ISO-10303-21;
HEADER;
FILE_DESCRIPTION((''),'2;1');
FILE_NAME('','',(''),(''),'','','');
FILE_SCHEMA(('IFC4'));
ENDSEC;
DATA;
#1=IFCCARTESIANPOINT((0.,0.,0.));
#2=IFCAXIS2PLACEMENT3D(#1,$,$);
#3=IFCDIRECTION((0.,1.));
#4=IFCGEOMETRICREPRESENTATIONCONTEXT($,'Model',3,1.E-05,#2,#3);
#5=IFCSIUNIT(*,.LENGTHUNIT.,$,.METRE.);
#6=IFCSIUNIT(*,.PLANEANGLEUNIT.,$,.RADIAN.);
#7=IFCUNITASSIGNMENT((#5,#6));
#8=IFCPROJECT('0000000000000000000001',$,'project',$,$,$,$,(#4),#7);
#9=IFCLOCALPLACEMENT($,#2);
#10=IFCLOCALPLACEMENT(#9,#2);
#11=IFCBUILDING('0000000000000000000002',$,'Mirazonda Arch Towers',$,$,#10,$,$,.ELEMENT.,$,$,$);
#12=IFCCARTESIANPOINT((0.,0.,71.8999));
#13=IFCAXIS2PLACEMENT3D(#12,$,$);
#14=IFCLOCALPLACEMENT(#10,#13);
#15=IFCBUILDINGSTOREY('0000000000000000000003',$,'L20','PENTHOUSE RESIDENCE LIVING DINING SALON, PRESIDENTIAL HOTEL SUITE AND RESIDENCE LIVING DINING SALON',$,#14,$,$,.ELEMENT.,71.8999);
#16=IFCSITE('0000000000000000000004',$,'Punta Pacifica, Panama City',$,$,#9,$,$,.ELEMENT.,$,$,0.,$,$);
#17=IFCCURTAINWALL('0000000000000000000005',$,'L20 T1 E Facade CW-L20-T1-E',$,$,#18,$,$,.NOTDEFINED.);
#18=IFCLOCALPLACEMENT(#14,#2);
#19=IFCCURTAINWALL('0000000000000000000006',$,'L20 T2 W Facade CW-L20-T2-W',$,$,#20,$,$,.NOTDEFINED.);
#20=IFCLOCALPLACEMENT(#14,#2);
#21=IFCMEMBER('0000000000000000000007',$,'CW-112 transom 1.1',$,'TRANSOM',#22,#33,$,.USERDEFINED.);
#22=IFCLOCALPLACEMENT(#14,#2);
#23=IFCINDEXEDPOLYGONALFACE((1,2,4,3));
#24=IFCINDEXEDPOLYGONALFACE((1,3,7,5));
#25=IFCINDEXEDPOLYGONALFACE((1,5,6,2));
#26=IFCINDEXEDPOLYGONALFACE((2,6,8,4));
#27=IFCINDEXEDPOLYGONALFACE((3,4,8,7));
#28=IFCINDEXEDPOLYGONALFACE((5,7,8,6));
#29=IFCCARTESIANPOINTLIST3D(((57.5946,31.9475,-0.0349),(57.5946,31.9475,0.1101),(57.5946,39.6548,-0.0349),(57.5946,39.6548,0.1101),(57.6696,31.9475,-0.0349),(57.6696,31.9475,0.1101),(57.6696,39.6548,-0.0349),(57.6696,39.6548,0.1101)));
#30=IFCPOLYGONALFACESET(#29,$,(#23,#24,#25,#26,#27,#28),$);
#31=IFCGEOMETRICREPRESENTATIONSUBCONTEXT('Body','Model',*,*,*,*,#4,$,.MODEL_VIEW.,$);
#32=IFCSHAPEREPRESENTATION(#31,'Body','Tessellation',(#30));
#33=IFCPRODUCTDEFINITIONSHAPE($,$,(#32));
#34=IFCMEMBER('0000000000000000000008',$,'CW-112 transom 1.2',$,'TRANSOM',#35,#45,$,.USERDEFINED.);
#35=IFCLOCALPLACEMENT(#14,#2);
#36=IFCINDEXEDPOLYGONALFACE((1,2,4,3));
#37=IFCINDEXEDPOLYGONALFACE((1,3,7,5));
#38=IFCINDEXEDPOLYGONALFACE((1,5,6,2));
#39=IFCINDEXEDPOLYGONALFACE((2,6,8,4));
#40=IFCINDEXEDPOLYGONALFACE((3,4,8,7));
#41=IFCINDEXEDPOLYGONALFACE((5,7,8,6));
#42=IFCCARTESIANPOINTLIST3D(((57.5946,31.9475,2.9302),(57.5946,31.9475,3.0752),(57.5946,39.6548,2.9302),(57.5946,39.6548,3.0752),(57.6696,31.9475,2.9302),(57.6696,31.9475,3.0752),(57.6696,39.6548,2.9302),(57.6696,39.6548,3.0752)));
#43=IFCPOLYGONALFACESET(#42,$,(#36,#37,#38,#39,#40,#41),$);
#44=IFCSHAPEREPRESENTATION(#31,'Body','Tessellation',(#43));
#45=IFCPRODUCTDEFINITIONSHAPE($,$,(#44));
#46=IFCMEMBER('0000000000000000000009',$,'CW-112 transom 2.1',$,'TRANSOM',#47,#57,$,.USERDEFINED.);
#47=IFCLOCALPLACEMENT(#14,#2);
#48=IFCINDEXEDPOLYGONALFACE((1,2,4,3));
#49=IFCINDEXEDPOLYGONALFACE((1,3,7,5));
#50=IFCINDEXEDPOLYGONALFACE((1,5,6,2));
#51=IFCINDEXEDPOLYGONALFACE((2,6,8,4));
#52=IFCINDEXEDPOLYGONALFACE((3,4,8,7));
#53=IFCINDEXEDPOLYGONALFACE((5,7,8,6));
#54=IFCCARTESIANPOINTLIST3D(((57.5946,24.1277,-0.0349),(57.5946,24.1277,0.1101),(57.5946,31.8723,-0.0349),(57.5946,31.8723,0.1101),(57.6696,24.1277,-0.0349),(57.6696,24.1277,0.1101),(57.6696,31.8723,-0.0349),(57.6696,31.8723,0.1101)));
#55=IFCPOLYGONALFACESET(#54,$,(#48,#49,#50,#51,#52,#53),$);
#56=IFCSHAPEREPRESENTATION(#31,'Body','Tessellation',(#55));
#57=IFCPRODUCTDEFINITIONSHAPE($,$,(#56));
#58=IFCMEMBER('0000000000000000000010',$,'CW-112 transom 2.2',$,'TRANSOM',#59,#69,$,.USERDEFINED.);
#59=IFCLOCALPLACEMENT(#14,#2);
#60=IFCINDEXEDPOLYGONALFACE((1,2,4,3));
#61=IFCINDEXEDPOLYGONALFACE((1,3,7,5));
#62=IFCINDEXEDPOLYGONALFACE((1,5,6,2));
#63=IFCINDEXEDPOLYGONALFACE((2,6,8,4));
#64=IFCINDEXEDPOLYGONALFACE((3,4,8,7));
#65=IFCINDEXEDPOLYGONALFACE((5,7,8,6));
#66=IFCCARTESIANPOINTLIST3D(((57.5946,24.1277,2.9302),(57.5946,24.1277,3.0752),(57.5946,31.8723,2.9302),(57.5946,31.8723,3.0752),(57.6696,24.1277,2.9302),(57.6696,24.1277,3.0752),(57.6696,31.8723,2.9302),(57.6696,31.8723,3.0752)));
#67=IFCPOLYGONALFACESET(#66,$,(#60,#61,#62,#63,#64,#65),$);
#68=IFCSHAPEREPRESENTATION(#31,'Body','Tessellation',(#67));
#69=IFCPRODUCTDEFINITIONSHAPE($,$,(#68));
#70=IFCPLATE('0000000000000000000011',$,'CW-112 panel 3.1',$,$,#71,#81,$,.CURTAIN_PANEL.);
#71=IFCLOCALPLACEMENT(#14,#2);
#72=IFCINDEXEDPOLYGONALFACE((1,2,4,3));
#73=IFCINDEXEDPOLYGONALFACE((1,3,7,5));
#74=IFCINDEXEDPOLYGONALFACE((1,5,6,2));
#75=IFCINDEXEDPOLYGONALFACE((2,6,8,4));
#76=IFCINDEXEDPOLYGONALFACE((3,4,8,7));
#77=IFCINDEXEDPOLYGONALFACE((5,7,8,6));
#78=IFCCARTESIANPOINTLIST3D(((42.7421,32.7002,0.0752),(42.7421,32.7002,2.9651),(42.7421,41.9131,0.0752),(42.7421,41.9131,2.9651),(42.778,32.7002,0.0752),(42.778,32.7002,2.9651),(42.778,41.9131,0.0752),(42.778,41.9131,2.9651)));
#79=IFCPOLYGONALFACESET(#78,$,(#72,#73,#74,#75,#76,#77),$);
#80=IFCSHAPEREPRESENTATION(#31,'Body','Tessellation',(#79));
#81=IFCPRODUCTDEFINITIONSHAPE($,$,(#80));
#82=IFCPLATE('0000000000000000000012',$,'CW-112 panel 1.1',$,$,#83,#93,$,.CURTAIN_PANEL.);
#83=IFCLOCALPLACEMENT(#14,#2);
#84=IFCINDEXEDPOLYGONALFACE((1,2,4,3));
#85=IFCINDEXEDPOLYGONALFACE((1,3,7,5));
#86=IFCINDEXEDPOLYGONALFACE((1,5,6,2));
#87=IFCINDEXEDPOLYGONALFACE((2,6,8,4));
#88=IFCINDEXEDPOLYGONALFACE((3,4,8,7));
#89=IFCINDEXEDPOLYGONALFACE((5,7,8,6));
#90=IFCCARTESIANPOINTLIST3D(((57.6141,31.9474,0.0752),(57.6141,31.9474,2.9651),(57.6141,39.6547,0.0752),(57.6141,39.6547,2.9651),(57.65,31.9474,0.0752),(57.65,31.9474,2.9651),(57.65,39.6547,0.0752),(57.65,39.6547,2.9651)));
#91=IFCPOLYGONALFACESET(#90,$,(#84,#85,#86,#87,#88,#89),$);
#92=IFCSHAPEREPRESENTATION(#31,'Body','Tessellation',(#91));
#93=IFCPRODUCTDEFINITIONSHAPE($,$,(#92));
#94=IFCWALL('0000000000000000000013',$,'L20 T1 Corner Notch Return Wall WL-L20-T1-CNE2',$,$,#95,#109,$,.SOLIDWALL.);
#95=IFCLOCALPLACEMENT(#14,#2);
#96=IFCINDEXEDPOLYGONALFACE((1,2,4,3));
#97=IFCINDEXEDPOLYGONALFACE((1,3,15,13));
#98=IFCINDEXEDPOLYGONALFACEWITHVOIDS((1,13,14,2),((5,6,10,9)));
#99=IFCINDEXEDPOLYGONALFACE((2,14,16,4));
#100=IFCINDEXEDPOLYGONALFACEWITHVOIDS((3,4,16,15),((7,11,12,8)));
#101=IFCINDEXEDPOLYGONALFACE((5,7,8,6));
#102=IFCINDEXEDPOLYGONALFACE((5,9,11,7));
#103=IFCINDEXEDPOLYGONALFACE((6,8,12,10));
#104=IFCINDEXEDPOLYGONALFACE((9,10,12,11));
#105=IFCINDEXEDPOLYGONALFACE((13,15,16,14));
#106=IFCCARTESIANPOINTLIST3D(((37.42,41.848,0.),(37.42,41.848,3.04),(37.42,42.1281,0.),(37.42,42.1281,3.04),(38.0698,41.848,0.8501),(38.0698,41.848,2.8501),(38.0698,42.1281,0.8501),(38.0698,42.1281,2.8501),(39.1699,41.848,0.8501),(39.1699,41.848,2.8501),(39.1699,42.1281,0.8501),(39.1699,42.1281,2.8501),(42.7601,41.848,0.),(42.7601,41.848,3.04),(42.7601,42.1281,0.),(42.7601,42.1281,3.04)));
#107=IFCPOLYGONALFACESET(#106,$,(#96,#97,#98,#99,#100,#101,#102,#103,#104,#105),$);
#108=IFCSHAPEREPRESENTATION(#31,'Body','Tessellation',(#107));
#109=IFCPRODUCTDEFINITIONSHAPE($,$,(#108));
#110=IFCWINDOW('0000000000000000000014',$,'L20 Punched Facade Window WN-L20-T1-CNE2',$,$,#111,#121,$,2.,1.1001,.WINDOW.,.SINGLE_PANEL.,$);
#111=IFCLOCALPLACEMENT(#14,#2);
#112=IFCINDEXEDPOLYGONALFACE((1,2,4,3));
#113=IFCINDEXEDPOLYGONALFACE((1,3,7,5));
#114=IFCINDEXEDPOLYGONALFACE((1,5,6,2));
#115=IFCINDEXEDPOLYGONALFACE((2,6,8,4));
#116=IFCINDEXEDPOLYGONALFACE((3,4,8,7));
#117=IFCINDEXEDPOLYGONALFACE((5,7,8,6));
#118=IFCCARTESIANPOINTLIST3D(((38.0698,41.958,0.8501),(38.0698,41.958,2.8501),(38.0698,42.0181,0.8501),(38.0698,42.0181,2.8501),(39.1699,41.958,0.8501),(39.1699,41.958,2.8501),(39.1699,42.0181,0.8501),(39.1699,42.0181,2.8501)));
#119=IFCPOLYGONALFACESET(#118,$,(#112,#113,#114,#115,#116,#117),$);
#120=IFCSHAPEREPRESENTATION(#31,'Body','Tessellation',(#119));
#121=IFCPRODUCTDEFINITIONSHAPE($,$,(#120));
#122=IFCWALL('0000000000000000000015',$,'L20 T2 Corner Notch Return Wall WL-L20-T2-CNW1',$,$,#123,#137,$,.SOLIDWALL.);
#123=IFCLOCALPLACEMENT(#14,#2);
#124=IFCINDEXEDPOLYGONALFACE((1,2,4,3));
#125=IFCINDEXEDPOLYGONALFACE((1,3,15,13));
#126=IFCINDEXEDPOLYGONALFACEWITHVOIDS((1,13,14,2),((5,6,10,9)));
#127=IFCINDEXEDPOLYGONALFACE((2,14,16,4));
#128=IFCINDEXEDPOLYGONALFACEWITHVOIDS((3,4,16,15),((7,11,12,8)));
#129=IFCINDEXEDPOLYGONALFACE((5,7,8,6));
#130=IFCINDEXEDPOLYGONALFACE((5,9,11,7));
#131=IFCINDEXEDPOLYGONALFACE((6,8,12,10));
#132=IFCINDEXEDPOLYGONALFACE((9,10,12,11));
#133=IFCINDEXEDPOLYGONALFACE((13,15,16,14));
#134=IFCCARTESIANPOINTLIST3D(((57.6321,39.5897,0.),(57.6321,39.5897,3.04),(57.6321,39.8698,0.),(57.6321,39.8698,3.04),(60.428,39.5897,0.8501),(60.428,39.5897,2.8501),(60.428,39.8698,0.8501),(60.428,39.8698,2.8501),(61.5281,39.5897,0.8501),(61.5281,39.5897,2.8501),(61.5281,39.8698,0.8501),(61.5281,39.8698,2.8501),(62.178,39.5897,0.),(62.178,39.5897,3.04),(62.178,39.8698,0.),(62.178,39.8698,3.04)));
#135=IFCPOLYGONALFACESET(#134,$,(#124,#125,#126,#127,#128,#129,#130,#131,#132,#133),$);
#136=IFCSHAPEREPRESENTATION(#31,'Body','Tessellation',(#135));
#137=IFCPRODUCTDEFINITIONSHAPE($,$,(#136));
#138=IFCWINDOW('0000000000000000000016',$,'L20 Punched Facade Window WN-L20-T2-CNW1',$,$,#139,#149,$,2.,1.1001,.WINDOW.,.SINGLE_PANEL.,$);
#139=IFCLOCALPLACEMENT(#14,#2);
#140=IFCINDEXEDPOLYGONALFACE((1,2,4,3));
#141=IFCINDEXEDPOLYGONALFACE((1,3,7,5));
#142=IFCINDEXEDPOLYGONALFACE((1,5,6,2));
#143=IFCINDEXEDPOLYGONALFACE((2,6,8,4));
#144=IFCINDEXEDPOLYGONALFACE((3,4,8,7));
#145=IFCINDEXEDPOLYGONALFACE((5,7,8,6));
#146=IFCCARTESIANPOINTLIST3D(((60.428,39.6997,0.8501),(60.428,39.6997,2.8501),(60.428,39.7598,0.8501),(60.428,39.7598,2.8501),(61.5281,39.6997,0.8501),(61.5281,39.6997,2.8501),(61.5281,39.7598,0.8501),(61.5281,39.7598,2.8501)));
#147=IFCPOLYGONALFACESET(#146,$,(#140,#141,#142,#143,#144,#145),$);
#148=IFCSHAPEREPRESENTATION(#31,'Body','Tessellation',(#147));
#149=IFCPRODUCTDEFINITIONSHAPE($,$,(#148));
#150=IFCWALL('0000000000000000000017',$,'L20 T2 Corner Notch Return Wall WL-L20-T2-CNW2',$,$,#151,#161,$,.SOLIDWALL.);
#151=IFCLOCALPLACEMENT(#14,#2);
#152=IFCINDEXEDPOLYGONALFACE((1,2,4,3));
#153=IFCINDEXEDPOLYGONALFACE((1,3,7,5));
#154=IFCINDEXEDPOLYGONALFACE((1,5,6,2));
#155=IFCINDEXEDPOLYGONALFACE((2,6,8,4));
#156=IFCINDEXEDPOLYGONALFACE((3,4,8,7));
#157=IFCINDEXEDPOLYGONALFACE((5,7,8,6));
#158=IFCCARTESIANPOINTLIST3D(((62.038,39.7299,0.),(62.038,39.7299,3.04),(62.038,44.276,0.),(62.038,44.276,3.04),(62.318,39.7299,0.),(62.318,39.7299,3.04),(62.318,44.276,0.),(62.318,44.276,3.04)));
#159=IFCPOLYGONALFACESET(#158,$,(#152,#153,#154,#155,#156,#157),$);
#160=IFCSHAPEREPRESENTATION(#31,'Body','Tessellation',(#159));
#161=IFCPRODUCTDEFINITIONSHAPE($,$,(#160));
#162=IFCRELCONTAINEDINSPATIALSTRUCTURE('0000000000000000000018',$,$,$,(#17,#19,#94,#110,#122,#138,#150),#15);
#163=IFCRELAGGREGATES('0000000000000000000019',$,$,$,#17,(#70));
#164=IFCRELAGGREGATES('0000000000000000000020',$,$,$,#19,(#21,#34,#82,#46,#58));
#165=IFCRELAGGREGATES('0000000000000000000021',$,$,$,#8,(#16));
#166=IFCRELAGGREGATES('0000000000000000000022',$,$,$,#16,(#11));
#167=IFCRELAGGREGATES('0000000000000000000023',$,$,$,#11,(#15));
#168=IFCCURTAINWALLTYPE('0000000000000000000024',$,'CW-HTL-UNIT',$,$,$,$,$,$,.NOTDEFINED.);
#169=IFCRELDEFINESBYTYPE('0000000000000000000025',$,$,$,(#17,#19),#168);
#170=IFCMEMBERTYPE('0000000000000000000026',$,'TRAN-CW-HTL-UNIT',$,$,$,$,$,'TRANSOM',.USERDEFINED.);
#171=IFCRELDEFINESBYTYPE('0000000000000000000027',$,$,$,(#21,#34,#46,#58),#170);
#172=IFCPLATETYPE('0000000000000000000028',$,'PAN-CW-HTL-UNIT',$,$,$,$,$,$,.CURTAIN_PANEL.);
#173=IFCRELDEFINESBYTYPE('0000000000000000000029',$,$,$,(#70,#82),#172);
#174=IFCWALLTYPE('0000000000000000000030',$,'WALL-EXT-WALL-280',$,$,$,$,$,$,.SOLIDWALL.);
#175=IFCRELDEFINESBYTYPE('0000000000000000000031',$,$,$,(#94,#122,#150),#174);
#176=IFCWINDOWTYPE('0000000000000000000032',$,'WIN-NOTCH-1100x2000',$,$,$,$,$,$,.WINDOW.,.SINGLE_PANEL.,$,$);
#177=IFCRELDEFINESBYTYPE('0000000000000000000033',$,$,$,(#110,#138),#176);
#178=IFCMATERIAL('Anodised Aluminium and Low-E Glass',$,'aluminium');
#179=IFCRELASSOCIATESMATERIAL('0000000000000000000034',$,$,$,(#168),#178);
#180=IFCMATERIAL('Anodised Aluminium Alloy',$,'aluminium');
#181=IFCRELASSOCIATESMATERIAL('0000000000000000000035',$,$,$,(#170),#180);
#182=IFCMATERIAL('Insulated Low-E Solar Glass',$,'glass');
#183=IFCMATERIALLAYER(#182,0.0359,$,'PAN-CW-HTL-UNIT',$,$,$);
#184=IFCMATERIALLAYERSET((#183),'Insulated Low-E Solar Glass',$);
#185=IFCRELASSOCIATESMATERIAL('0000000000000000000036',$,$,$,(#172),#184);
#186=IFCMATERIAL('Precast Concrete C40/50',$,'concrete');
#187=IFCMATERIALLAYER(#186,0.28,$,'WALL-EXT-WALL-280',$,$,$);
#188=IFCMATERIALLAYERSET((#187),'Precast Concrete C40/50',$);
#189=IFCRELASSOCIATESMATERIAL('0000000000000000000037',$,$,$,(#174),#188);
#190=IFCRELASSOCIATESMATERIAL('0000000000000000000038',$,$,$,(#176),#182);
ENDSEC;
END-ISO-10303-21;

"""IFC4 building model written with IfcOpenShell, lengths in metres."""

from ifc_helpers import new_model, si_unit, direction, frame, frame_2d, origin, origin_2d, place, context, subcontext, project, spatial, rectangle, extrude, material, layer, layer_set, material_profile, profile_set, type_object, element, fill, aggregate, save


model = new_model("IFC4")

# Units and contexts
model_context = context("Model", 3, precision=1e-05, world=origin(), true_north=direction((0.0, 1.0)))
body_context = subcontext(model_context, "Body", "Model", "MODEL_VIEW")
ifc_project = project(units=[si_unit("LENGTHUNIT", "METRE"), si_unit("PLANEANGLEUNIT", "RADIAN")], contexts=[model_context])

# Site, building, storey
site_placement = place(None, origin())
site = spatial("IfcSite", under=ifc_project, at=site_placement, Name="Punta Pacifica, Panama City", CompositionType="ELEMENT", RefElevation=0.0)
building_placement = place(site_placement, origin())
building = spatial("IfcBuilding", under=site, at=building_placement, Name="Mirazonda Arch Towers", CompositionType="ELEMENT")
storey_placement = place(building_placement, frame((0.0, 0.0, 71.8999)))
storey = spatial("IfcBuildingStorey", under=building, at=storey_placement, Name="L20", Description="PENTHOUSE RESIDENCE LIVING DINING SALON, PRESIDENTIAL HOTEL SUITE AND RESIDENCE LIVING DINING SALON", CompositionType="ELEMENT", Elevation=71.8999)

# Curtain wall
ifc_material_1 = material(Name="Anodised Aluminium and Low-E Glass", Category="aluminium")
curtain_wall_type = type_object("IfcCurtainWallType", Name="CW-HTL-UNIT", PredefinedType="NOTDEFINED", material=ifc_material_1)
curtain_wall_1_placement = place(storey_placement, origin())
curtain_wall_1 = element("IfcCurtainWall", 1, at=curtain_wall_1_placement, inside=storey, type_object=curtain_wall_type, Name="L20 T1 E Facade CW-L20-T1-E", PredefinedType="NOTDEFINED")
ifc_material_2 = material(Name="Anodised Aluminium Alloy", Category="aluminium")

# Curtain wall
curtain_wall_2_placement = place(storey_placement, origin())
curtain_wall_2 = element("IfcCurtainWall", 2, at=curtain_wall_2_placement, inside=storey, type_object=curtain_wall_type, Name="L20 T2 W Facade CW-L20-T2-W", PredefinedType="NOTDEFINED")

# Members
ifc_material_profile_1 = material_profile(ifc_material_2, rectangle(XDim=0.075, YDim=0.145, at=origin_2d()), Name="ALU-TRAN-75x145")
ifc_profile_set_1 = profile_set([ifc_material_profile_1], Name="Anodised Aluminium Alloy")
member_type_1 = type_object("IfcMemberType", Name="TRAN-CW-HTL-UNIT", ElementType="TRANSOM", PredefinedType="USERDEFINED", material=ifc_profile_set_1)
member_1_placement = place(storey_placement, frame((57.6321, 39.6548, 0.0376), z_axis=(0.0, -1.0, 0.0), x_axis=(1.0, 0.0, 0.0)))
member_1 = element("IfcMember", 3, at=member_1_placement, type_object=member_type_1, Name="CW-112 transom 1.1", ObjectType="TRANSOM", PredefinedType="USERDEFINED", context=body_context, shape_type="SweptSolid", body=[
    extrude(rectangle(XDim=0.075, YDim=0.145, at=origin_2d()), origin(), (0.0, 0.0, 1.0), 7.7073),
])
member_2_placement = place(storey_placement, frame((57.6321, 39.6548, 3.0027), z_axis=(0.0, -1.0, 0.0), x_axis=(1.0, 0.0, 0.0)))
member_2 = element("IfcMember", 4, at=member_2_placement, type_object=member_type_1, Name="CW-112 transom 1.2", ObjectType="TRANSOM", PredefinedType="USERDEFINED", context=body_context, shape_type="SweptSolid", body=[
    extrude(rectangle(XDim=0.075, YDim=0.145, at=origin_2d()), origin(), (0.0, 0.0, 1.0), 7.7073),
])
member_3_placement = place(storey_placement, frame((57.6321, 31.8723, 0.0376), z_axis=(0.0, -1.0, 0.0), x_axis=(1.0, 0.0, 0.0)))
member_3 = element("IfcMember", 5, at=member_3_placement, type_object=member_type_1, Name="CW-112 transom 2.1", ObjectType="TRANSOM", PredefinedType="USERDEFINED", context=body_context, shape_type="SweptSolid", body=[
    extrude(rectangle(XDim=0.075, YDim=0.145, at=origin_2d()), origin(), (0.0, 0.0, 1.0), 7.7446),
])
member_4_placement = place(storey_placement, frame((57.6321, 31.8723, 3.0027), z_axis=(0.0, -1.0, 0.0), x_axis=(1.0, 0.0, 0.0)))
member_4 = element("IfcMember", 6, at=member_4_placement, type_object=member_type_1, Name="CW-112 transom 2.2", ObjectType="TRANSOM", PredefinedType="USERDEFINED", context=body_context, shape_type="SweptSolid", body=[
    extrude(rectangle(XDim=0.075, YDim=0.145, at=origin_2d()), origin(), (0.0, 0.0, 1.0), 7.7446),
])

# Plates
ifc_material_3 = material(Name="Insulated Low-E Solar Glass", Category="glass")
ifc_layer_1 = layer(ifc_material_3, 0.0359, Name="PAN-CW-HTL-UNIT")
ifc_layer_set_1 = layer_set([ifc_layer_1], Name="Insulated Low-E Solar Glass")
plate_type = type_object("IfcPlateType", Name="PAN-CW-HTL-UNIT", PredefinedType="CURTAIN_PANEL", material=ifc_layer_set_1)
plate_1_placement = place(storey_placement, frame((42.76, 37.3066, 0.0752), z_axis=(0.0, 0.0, 1.0), x_axis=(0.0, 1.0, 0.0)))
plate_1 = element("IfcPlate", 7, at=plate_1_placement, type_object=plate_type, Name="CW-112 panel 3.1", PredefinedType="CURTAIN_PANEL", context=body_context, shape_type="SweptSolid", body=[
    extrude(rectangle(XDim=9.2129, YDim=0.0359, at=origin_2d()), origin(), (0.0, 0.0, 1.0), 2.8899),
])
aggregate(curtain_wall_1, [plate_1])
plate_2_placement = place(storey_placement, frame((57.6321, 35.801, 0.0752), z_axis=(0.0, 0.0, 1.0), x_axis=(0.0, -1.0, 0.0)))
plate_2 = element("IfcPlate", 8, at=plate_2_placement, type_object=plate_type, Name="CW-112 panel 1.1", PredefinedType="CURTAIN_PANEL", context=body_context, shape_type="SweptSolid", body=[
    extrude(rectangle(XDim=7.7073, YDim=0.0359, at=origin_2d()), origin(), (0.0, 0.0, 1.0), 2.8899),
])
aggregate(curtain_wall_2, [member_1, member_2, plate_2, member_3, member_4])

# Walls, openings, windows
ifc_material_4 = material(Name="Precast Concrete C40/50", Category="concrete")
ifc_layer_2 = layer(ifc_material_4, 0.28, Name="WALL-EXT-WALL-280")
ifc_layer_set_2 = layer_set([ifc_layer_2], Name="Precast Concrete C40/50")
wall_type_1 = type_object("IfcWallType", Name="WALL-EXT-WALL-280", PredefinedType="SOLIDWALL", material=ifc_layer_set_2)
wall_1_placement = place(storey_placement, frame((42.76, 41.988, 0.0), z_axis=(0.0, 0.0, 1.0), x_axis=(-1.0, 0.0, 0.0)))
wall_1 = element("IfcWall", 9, at=wall_1_placement, inside=storey, type_object=wall_type_1, Name="L20 T1 Corner Notch Return Wall WL-L20-T1-CNE2", PredefinedType="SOLIDWALL", context=body_context, shape_type="SweptSolid", body=[
    extrude(rectangle(XDim=5.3401, YDim=0.28, at=frame_2d((2.6699, 0.0))), origin(), (0.0, 0.0, 1.0), 3.04),
])
opening_1_placement = place(wall_1_placement, frame((3.5901, 0.0, 0.8501)))
opening_1 = element("IfcOpeningElement", 10, at=opening_1_placement, cuts=wall_1, PredefinedType="OPENING", context=body_context, shape_type="SweptSolid", body=[
    extrude(rectangle(XDim=1.1001, YDim=2.0, at=frame_2d((0.55, 1.0))), frame((0.0, 0.1499, 0.0), z_axis=(0.0, -1.0, 0.0), x_axis=(1.0, 0.0, 0.0)), (0.0, 0.0, 1.0), 0.3),
])
window_type = type_object("IfcWindowType", Name="WIN-NOTCH-1100x2000", PartitioningType="SINGLE_PANEL", PredefinedType="WINDOW", material=ifc_material_3)
window_1_placement = place(opening_1_placement, origin())
window_1 = element("IfcWindow", 11, at=window_1_placement, inside=storey, type_object=window_type, Name="L20 Punched Facade Window WN-L20-T1-CNE2", OverallHeight=2.0, OverallWidth=1.1001, PartitioningType="SINGLE_PANEL", PredefinedType="WINDOW", context=body_context, shape_type="SweptSolid", body=[
    extrude(rectangle(XDim=1.1001, YDim=2.0, at=frame_2d((0.55, 1.0))), frame((0.0, 0.03, 0.0), z_axis=(0.0, -1.0, 0.0), x_axis=(1.0, 0.0, 0.0)), (0.0, 0.0, 1.0), 0.0601),
])
fill(opening_1, window_1)
wall_2_placement = place(storey_placement, frame((62.178, 39.7297, 0.0), z_axis=(0.0, 0.0, 1.0), x_axis=(-1.0, 0.0, 0.0)))
wall_2 = element("IfcWall", 12, at=wall_2_placement, inside=storey, type_object=wall_type_1, Name="L20 T2 Corner Notch Return Wall WL-L20-T2-CNW1", PredefinedType="SOLIDWALL", context=body_context, shape_type="SweptSolid", body=[
    extrude(rectangle(XDim=4.5459, YDim=0.28, at=frame_2d((2.2729, 0.0))), origin(), (0.0, 0.0, 1.0), 3.04),
])
opening_2_placement = place(wall_2_placement, frame((0.6499, 0.0, 0.8501)))
opening_2 = element("IfcOpeningElement", 13, at=opening_2_placement, cuts=wall_2, PredefinedType="OPENING", context=body_context, shape_type="SweptSolid", body=[
    extrude(rectangle(XDim=1.1001, YDim=2.0, at=frame_2d((0.55, 1.0))), frame((0.0, 0.1499, 0.0), z_axis=(0.0, -1.0, 0.0), x_axis=(1.0, 0.0, 0.0)), (0.0, 0.0, 1.0), 0.3),
])
window_2_placement = place(opening_2_placement, origin())
window_2 = element("IfcWindow", 14, at=window_2_placement, inside=storey, type_object=window_type, Name="L20 Punched Facade Window WN-L20-T2-CNW1", OverallHeight=2.0, OverallWidth=1.1001, PartitioningType="SINGLE_PANEL", PredefinedType="WINDOW", context=body_context, shape_type="SweptSolid", body=[
    extrude(rectangle(XDim=1.1001, YDim=2.0, at=frame_2d((0.55, 1.0))), frame((0.0, 0.03, 0.0), z_axis=(0.0, -1.0, 0.0), x_axis=(1.0, 0.0, 0.0)), (0.0, 0.0, 1.0), 0.0601),
])
fill(opening_2, window_2)

# Wall
wall_3_placement = place(storey_placement, frame((62.178, 44.2759, 0.0), z_axis=(0.0, 0.0, 1.0), x_axis=(0.0, -1.0, 0.0)))
element("IfcWall", 15, at=wall_3_placement, inside=storey, type_object=wall_type_1, Name="L20 T2 Corner Notch Return Wall WL-L20-T2-CNW2", PredefinedType="SOLIDWALL", context=body_context, shape_type="SweptSolid", body=[
    extrude(rectangle(XDim=4.5461, YDim=0.28, at=frame_2d((2.2729, 0.0))), origin(), (0.0, 0.0, 1.0), 3.04),
])

save(model, "model.ifc")
